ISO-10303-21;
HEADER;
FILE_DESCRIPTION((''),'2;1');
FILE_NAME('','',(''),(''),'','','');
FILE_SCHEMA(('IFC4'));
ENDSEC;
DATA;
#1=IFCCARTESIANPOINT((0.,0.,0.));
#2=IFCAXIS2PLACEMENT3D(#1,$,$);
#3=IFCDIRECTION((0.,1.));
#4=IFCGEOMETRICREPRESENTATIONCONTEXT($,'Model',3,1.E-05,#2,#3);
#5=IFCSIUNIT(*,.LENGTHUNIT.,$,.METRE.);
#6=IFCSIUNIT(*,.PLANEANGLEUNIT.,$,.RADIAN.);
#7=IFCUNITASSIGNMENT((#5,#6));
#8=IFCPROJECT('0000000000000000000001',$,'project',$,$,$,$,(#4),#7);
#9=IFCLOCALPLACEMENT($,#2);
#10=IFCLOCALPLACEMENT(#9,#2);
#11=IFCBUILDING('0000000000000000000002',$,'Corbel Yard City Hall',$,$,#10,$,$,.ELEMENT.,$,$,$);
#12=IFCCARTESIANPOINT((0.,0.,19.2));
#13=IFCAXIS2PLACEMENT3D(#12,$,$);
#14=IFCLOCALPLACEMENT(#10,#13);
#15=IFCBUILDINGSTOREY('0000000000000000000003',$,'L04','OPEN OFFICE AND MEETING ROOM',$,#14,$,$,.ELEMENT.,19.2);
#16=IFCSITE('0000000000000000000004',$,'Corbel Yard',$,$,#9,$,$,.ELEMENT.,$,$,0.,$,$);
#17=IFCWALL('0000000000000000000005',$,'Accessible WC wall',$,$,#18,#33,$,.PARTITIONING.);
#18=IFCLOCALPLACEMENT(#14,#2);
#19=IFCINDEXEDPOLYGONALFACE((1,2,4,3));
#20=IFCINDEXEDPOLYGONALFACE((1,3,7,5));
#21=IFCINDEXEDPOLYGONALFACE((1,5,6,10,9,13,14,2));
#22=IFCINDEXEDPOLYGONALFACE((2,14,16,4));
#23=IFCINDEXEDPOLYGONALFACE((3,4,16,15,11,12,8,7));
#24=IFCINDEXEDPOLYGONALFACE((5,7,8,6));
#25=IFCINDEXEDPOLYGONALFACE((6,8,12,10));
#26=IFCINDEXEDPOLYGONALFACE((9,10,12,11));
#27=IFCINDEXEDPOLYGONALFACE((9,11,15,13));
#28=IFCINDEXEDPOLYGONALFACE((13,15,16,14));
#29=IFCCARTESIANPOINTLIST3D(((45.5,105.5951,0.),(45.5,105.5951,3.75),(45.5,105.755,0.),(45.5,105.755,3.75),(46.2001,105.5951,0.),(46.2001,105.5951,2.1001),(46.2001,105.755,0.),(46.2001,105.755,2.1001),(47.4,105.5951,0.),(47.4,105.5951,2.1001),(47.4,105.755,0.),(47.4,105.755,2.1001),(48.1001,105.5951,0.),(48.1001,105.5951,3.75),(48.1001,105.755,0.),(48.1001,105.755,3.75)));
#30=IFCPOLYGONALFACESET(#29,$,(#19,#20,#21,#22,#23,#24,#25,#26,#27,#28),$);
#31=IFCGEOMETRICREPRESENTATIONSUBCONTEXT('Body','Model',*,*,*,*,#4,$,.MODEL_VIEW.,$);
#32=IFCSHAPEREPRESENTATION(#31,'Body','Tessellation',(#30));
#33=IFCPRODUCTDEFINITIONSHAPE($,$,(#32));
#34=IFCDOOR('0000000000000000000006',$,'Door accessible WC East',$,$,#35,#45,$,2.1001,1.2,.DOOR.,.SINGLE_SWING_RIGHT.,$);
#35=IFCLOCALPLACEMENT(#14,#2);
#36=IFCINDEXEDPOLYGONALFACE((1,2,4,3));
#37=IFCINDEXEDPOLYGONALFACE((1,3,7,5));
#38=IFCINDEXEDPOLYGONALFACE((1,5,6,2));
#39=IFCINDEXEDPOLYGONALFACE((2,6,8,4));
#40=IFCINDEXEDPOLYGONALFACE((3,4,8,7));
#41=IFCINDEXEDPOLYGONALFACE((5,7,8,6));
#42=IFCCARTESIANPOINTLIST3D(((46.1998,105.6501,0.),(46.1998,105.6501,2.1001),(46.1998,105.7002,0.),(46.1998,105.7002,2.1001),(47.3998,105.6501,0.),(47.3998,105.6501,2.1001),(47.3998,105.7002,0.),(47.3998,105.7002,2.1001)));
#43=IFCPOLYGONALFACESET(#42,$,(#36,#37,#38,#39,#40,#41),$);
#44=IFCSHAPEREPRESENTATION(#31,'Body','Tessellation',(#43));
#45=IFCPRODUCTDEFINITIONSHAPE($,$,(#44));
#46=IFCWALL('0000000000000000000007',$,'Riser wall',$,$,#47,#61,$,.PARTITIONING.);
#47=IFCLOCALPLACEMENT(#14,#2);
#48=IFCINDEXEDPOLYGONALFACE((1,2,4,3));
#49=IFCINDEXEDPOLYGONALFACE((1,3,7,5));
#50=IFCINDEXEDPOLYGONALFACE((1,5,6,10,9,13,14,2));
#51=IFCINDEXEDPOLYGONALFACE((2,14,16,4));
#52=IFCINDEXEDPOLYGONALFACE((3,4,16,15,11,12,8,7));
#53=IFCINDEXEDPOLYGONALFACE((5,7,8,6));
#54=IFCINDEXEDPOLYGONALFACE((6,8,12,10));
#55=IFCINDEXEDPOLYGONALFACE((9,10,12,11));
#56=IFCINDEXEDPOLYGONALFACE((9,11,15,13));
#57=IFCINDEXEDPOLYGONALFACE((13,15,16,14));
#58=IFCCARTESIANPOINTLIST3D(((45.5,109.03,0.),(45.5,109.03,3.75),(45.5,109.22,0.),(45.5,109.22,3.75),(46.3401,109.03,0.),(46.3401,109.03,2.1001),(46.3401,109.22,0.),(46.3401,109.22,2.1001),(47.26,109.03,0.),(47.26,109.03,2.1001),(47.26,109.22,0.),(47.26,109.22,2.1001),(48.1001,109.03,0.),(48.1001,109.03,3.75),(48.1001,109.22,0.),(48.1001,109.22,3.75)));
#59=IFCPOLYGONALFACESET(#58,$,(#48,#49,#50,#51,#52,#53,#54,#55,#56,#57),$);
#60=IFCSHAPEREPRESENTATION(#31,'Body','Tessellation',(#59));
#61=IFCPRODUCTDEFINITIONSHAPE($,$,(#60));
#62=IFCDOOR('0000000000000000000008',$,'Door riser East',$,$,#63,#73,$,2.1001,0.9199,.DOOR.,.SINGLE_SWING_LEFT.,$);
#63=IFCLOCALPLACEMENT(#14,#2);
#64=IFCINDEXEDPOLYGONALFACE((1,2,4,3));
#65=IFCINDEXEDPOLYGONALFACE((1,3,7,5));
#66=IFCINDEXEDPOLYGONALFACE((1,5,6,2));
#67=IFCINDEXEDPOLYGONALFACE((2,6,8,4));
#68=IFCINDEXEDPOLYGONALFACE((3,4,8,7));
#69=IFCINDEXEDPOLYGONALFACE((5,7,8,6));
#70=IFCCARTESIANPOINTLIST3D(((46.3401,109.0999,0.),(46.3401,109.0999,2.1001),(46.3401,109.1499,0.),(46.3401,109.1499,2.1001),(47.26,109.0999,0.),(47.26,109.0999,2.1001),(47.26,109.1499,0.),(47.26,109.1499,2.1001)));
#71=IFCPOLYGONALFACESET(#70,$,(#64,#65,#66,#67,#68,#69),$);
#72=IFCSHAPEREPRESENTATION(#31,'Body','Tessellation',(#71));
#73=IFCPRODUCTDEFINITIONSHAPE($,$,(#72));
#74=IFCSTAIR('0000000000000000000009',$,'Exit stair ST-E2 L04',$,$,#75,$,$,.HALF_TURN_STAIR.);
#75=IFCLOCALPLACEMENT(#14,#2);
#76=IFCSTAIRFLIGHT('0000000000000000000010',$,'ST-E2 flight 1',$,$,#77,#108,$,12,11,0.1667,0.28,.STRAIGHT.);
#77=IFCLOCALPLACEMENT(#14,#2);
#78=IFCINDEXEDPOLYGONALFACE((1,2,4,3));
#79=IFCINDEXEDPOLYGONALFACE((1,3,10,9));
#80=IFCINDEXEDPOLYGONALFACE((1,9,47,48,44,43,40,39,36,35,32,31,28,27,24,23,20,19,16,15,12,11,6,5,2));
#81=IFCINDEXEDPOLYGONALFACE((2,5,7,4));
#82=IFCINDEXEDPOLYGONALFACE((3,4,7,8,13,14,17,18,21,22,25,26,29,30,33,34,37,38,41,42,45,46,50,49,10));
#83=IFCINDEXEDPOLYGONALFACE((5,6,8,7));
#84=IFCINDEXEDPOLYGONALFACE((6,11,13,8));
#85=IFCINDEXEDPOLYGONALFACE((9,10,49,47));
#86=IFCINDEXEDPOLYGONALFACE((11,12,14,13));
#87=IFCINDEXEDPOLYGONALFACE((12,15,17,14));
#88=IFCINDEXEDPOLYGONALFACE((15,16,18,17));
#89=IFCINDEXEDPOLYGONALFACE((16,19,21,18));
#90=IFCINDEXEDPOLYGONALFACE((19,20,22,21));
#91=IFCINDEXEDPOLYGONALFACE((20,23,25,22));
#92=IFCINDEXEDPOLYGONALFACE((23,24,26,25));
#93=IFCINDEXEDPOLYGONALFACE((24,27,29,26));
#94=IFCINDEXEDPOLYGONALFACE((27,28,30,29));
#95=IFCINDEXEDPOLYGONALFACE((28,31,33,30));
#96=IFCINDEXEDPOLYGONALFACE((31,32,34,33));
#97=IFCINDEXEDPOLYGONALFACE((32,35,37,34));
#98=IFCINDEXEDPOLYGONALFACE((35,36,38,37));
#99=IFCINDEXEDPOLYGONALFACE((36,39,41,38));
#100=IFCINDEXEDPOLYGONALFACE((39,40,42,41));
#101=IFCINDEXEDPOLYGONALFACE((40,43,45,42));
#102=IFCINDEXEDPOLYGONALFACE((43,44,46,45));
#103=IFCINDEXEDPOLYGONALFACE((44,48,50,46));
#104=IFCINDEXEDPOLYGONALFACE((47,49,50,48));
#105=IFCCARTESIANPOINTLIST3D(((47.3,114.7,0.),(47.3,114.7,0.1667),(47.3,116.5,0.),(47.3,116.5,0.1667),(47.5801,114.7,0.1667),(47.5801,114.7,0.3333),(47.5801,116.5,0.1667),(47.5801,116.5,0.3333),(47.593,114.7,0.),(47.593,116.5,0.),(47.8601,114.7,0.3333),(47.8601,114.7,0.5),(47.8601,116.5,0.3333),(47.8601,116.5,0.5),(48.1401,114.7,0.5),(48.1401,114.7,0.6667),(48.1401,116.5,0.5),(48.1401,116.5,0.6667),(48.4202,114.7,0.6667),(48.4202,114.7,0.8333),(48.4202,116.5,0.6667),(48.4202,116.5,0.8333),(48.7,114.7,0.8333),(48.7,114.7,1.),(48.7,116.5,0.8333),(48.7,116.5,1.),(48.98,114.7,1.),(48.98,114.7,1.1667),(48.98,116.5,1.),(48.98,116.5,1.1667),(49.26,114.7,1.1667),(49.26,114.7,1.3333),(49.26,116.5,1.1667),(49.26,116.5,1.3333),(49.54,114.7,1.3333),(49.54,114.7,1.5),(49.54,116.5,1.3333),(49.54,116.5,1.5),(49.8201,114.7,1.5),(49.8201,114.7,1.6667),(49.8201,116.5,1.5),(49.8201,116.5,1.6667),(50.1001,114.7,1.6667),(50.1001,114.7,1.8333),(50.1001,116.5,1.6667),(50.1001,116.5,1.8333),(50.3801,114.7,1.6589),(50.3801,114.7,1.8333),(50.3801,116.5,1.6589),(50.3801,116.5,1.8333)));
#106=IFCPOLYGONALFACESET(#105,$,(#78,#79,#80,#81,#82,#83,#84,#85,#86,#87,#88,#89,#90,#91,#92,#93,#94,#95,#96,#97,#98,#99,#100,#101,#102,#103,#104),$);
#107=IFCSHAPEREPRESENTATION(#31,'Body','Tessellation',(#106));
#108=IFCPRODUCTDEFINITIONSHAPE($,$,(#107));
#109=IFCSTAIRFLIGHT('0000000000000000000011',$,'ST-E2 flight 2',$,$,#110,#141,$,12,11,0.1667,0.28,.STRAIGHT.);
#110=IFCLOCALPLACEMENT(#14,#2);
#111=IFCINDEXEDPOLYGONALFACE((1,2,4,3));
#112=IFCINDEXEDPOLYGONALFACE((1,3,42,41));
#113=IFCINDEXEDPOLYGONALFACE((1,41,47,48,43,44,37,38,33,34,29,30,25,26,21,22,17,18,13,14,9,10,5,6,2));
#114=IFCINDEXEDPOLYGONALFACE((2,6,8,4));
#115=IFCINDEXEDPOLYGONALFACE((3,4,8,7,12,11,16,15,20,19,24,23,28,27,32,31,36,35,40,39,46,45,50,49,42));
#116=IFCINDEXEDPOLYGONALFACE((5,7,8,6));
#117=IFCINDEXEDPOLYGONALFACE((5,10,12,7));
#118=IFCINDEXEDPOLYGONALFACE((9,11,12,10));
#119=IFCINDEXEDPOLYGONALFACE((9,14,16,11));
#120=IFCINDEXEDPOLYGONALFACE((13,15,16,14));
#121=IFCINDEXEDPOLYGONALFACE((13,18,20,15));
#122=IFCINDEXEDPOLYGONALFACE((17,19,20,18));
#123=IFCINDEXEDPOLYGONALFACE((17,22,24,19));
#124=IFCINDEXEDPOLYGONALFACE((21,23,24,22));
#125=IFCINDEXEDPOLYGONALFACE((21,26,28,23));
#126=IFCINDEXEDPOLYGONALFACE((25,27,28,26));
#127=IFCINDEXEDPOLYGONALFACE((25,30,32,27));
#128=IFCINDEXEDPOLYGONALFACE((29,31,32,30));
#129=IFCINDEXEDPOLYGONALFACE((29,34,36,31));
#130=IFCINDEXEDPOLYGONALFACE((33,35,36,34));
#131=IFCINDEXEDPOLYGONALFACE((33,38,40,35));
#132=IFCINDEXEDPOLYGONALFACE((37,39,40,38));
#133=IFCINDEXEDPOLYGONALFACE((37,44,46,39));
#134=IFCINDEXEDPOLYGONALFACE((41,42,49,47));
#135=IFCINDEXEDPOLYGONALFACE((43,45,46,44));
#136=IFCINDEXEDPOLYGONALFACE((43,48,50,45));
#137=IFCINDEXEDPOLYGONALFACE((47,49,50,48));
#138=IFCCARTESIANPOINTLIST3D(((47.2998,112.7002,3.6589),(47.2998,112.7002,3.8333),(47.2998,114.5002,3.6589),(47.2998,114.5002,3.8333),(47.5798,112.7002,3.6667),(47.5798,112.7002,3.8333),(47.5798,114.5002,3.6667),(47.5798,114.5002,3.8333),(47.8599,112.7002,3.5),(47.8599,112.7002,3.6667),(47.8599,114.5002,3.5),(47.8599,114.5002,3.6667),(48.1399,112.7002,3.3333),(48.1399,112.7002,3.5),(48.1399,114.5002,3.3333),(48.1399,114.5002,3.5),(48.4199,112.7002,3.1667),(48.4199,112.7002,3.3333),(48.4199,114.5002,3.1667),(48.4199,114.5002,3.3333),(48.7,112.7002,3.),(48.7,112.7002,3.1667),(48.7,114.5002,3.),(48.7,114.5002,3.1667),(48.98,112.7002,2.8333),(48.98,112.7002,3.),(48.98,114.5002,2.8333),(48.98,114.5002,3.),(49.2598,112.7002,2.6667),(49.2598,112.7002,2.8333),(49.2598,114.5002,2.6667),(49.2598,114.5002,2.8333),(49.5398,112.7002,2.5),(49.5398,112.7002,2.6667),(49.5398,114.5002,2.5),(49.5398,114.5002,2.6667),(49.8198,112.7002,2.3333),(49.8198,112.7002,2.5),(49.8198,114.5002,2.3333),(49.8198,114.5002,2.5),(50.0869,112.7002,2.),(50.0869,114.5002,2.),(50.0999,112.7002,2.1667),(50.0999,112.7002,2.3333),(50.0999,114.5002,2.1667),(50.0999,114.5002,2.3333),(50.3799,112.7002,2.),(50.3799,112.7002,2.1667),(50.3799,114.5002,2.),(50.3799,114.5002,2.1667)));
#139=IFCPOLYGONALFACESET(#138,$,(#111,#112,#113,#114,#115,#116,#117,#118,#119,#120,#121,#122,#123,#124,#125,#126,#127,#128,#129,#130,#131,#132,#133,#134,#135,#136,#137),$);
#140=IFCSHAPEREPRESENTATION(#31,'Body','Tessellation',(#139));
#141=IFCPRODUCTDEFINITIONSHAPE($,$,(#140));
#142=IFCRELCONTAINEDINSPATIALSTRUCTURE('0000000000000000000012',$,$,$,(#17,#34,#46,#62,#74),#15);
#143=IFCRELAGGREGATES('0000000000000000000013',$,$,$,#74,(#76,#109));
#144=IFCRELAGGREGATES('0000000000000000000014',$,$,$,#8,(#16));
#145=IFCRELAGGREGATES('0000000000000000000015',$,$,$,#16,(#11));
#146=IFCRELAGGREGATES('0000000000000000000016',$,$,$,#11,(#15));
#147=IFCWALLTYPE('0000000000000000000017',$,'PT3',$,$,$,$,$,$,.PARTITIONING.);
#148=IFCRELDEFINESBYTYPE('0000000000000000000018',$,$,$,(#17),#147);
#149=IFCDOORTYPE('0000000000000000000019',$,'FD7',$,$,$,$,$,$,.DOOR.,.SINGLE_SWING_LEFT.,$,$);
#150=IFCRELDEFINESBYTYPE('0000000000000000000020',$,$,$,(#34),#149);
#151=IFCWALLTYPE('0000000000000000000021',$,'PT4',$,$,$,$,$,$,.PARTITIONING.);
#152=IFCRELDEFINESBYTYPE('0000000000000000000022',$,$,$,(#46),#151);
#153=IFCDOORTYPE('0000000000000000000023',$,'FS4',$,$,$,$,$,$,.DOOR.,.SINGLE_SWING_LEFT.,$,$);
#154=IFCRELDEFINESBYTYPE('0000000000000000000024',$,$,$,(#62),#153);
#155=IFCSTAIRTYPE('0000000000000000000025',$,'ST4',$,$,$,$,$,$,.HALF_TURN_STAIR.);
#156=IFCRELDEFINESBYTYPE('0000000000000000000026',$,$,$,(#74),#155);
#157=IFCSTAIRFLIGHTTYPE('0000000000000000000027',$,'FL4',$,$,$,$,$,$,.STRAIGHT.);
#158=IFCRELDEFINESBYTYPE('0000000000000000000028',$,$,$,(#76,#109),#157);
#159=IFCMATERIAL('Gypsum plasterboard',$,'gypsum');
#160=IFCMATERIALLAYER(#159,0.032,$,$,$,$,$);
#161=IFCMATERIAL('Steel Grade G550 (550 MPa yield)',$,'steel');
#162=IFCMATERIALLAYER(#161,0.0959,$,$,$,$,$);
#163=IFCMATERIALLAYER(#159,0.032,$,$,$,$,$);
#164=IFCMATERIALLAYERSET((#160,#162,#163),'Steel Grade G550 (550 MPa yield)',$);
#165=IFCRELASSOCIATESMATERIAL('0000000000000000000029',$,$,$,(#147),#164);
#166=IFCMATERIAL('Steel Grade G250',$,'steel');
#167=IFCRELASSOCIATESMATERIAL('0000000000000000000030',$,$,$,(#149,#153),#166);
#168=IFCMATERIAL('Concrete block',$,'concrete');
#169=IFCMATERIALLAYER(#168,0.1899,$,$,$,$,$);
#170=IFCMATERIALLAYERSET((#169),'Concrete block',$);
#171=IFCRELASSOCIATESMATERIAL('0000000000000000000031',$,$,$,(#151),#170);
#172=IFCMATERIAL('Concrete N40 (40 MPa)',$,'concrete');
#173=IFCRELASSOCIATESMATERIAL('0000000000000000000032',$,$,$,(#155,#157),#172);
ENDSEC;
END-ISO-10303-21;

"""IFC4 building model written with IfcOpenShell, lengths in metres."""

from ifc_helpers import new_model, si_unit, direction, frame, frame_2d, origin, place, context, subcontext, project, spatial, polyline, rectangle, outline, extrude, material, layer, layer_set, type_object, element, fill, aggregate, save


model = new_model("IFC4")

# Units and contexts
model_context = context("Model", 3, precision=1e-05, world=origin(), true_north=direction((0.0, 1.0)))
body_context = subcontext(model_context, "Body", "Model", "MODEL_VIEW")
ifc_project = project(units=[si_unit("LENGTHUNIT", "METRE"), si_unit("PLANEANGLEUNIT", "RADIAN")], contexts=[model_context])

# Site, building, storey
site_placement = place(None, origin())
site = spatial("IfcSite", under=ifc_project, at=site_placement, Name="Corbel Yard", CompositionType="ELEMENT", RefElevation=0.0)
building_placement = place(site_placement, origin())
building = spatial("IfcBuilding", under=site, at=building_placement, Name="Corbel Yard City Hall", CompositionType="ELEMENT")
storey_placement = place(building_placement, frame((0.0, 0.0, 19.2)))
storey = spatial("IfcBuildingStorey", under=building, at=storey_placement, Name="L04", Description="OPEN OFFICE AND MEETING ROOM", CompositionType="ELEMENT", Elevation=19.2)

# Shared definitions
ifc_material_1 = material(Name="Concrete N40 (40 MPa)", Category="concrete")

# Walls, openings, doors
ifc_material_2 = material(Name="Gypsum plasterboard", Category="gypsum")
ifc_material_3 = material(Name="Steel Grade G550 (550 MPa yield)", Category="steel")
ifc_layer_1 = layer(ifc_material_2, 0.032)
ifc_layer_2 = layer(ifc_material_3, 0.0959)
ifc_layer_3 = layer(ifc_material_2, 0.032)
ifc_layer_set_1 = layer_set([ifc_layer_1, ifc_layer_2, ifc_layer_3], Name="Steel Grade G550 (550 MPa yield)")
wall_type_1 = type_object("IfcWallType", Name="PT3", PredefinedType="PARTITIONING", material=ifc_layer_set_1)
wall_1_placement = place(storey_placement, frame((45.5, 105.675, 0.0), z_axis=(0.0, 0.0, 1.0), x_axis=(1.0, 0.0, 0.0)))
wall_1 = element("IfcWall", 1, at=wall_1_placement, inside=storey, type_object=wall_type_1, Name="Accessible WC wall", PredefinedType="PARTITIONING", context=body_context, shape_type="SweptSolid", body=[
    extrude(rectangle(XDim=2.6001, YDim=0.1599, at=frame_2d((1.3, 0.0))), origin(), (0.0, 0.0, 1.0), 3.75),
])
opening_1_placement = place(wall_1_placement, frame((0.7, 0.0, 0.0)))
opening_1 = element("IfcOpeningElement", 2, at=opening_1_placement, cuts=wall_1, PredefinedType="OPENING", context=body_context, shape_type="SweptSolid", body=[
    extrude(rectangle(XDim=1.2, YDim=2.1001, at=frame_2d((0.6001, 1.05))), frame((0.0, 0.0898, 0.0), z_axis=(0.0, -1.0, 0.0), x_axis=(1.0, 0.0, 0.0)), (0.0, 0.0, 1.0), 0.1799),
])
ifc_material_4 = material(Name="Steel Grade G250", Category="steel")
door_type_1 = type_object("IfcDoorType", Name="FD7", OperationType="SINGLE_SWING_LEFT", PredefinedType="DOOR", material=ifc_material_4)
door_1_placement = place(opening_1_placement, frame((1.2, 0.0, 0.0), z_axis=(0.0, 0.0, 1.0), x_axis=(-1.0, 0.0, 0.0)))
door_1 = element("IfcDoor", 3, at=door_1_placement, inside=storey, type_object=door_type_1, Name="Door accessible WC East", OperationType="SINGLE_SWING_RIGHT", OverallHeight=2.1001, OverallWidth=1.2, PredefinedType="DOOR", context=body_context, shape_type="SweptSolid", body=[
    extrude(rectangle(XDim=1.2, YDim=2.1001, at=frame_2d((0.6001, 1.05))), frame((0.0, 0.0249, 0.0), z_axis=(0.0, -1.0, 0.0), x_axis=(1.0, 0.0, 0.0)), (0.0, 0.0, 1.0), 0.05),
])
fill(opening_1, door_1)
ifc_material_5 = material(Name="Concrete block", Category="concrete")
ifc_layer_4 = layer(ifc_material_5, 0.1899)
ifc_layer_set_2 = layer_set([ifc_layer_4], Name="Concrete block")
wall_type_2 = type_object("IfcWallType", Name="PT4", PredefinedType="PARTITIONING", material=ifc_layer_set_2)
wall_2_placement = place(storey_placement, frame((45.5, 109.125, 0.0), z_axis=(0.0, 0.0, 1.0), x_axis=(1.0, 0.0, 0.0)))
wall_2 = element("IfcWall", 4, at=wall_2_placement, inside=storey, type_object=wall_type_2, Name="Riser wall", PredefinedType="PARTITIONING", context=body_context, shape_type="SweptSolid", body=[
    extrude(rectangle(XDim=2.6001, YDim=0.1899, at=frame_2d((1.3, 0.0))), origin(), (0.0, 0.0, 1.0), 3.75),
])
opening_2_placement = place(wall_2_placement, frame((0.8401, 0.0, 0.0)))
opening_2 = element("IfcOpeningElement", 5, at=opening_2_placement, cuts=wall_2, PredefinedType="OPENING", context=body_context, shape_type="SweptSolid", body=[
    extrude(rectangle(XDim=0.9199, YDim=2.1001, at=frame_2d((0.46, 1.05))), frame((0.0, 0.105, 0.0), z_axis=(0.0, -1.0, 0.0), x_axis=(1.0, 0.0, 0.0)), (0.0, 0.0, 1.0), 0.21),
])
door_type_2 = type_object("IfcDoorType", Name="FS4", OperationType="SINGLE_SWING_LEFT", PredefinedType="DOOR", material=ifc_material_4)
door_2_placement = place(opening_2_placement, origin())
door_2 = element("IfcDoor", 6, at=door_2_placement, inside=storey, type_object=door_type_2, Name="Door riser East", OperationType="SINGLE_SWING_LEFT", OverallHeight=2.1001, OverallWidth=0.9199, PredefinedType="DOOR", context=body_context, shape_type="SweptSolid", body=[
    extrude(rectangle(XDim=0.9199, YDim=2.1001, at=frame_2d((0.46, 1.05))), frame((0.0, 0.0249, 0.0), z_axis=(0.0, -1.0, 0.0), x_axis=(1.0, 0.0, 0.0)), (0.0, 0.0, 1.0), 0.05),
])
fill(opening_2, door_2)

# Stair, stair flights
stair_type = type_object("IfcStairType", Name="ST4", PredefinedType="HALF_TURN_STAIR", material=ifc_material_1)
stair_placement = place(storey_placement, origin())
stair = element("IfcStair", 7, at=stair_placement, inside=storey, type_object=stair_type, Name="Exit stair ST-E2 L04", PredefinedType="HALF_TURN_STAIR")
stair_flight_type = type_object("IfcStairFlightType", Name="FL4", PredefinedType="STRAIGHT", material=ifc_material_1)
stair_flight_1_placement = place(storey_placement, frame((47.3, 115.6001, 0.0), z_axis=(0.0, 0.0, 1.0), x_axis=(1.0, 0.0, 0.0)))
stair_flight_1 = element("IfcStairFlight", 8, at=stair_flight_1_placement, type_object=stair_flight_type, Name="ST-E2 flight 1", NumberOfRisers=12, NumberOfTreads=11, PredefinedType="STRAIGHT", RiserHeight=0.1667, TreadLength=0.28, context=body_context, shape_type="SweptSolid", body=[
    extrude(outline(polyline([(0.0, 0.0), (0.0, 0.1667), (0.28, 0.1667), (0.28, 0.3333), (0.5601, 0.3333), (0.5601, 0.5), (0.8401, 0.5), (0.8401, 0.6667), (1.1201, 0.6667), (1.1201, 0.8333), (1.3999, 0.8333), (1.3999, 1.0), (1.6799, 1.0), (1.6799, 1.1667), (1.96, 1.1667), (1.96, 1.3333), (2.24, 1.3333), (2.24, 1.5), (2.52, 1.5), (2.52, 1.6667), (2.8, 1.6667), (2.8, 1.8333), (3.0801, 1.8333), (3.0801, 2.0), (3.0801, 1.6589), (0.293, 0.0), (0.0, 0.0)])), frame((0.0, 0.8999, 0.0), z_axis=(0.0, -1.0, 0.0), x_axis=(1.0, 0.0, 0.0)), (0.0, 0.0, 1.0), 1.8),
])
stair_flight_2_placement = place(storey_placement, frame((50.3799, 113.6001, 2.0), z_axis=(0.0, 0.0, 1.0), x_axis=(-1.0, 0.0, 0.0)))
stair_flight_2 = element("IfcStairFlight", 9, at=stair_flight_2_placement, type_object=stair_flight_type, Name="ST-E2 flight 2", NumberOfRisers=12, NumberOfTreads=11, PredefinedType="STRAIGHT", RiserHeight=0.1667, TreadLength=0.28, context=body_context, shape_type="SweptSolid", body=[
    extrude(outline(polyline([(0.0, 0.0), (0.0, 0.1667), (0.28, 0.1667), (0.28, 0.3333), (0.5601, 0.3333), (0.5601, 0.5), (0.8401, 0.5), (0.8401, 0.6667), (1.1201, 0.6667), (1.1201, 0.8333), (1.3999, 0.8333), (1.3999, 1.0), (1.6799, 1.0), (1.6799, 1.1667), (1.96, 1.1667), (1.96, 1.3333), (2.24, 1.3333), (2.24, 1.5), (2.52, 1.5), (2.52, 1.6667), (2.8, 1.6667), (2.8, 1.8333), (3.0801, 1.8333), (3.0801, 2.0), (3.0801, 1.6589), (0.293, 0.0), (0.0, 0.0)])), frame((0.0, 0.8999, 0.0), z_axis=(0.0, -1.0, 0.0), x_axis=(1.0, 0.0, 0.0)), (0.0, 0.0, 1.0), 1.8),
])
aggregate(stair, [stair_flight_1, stair_flight_2])

save(model, "model.ifc")
